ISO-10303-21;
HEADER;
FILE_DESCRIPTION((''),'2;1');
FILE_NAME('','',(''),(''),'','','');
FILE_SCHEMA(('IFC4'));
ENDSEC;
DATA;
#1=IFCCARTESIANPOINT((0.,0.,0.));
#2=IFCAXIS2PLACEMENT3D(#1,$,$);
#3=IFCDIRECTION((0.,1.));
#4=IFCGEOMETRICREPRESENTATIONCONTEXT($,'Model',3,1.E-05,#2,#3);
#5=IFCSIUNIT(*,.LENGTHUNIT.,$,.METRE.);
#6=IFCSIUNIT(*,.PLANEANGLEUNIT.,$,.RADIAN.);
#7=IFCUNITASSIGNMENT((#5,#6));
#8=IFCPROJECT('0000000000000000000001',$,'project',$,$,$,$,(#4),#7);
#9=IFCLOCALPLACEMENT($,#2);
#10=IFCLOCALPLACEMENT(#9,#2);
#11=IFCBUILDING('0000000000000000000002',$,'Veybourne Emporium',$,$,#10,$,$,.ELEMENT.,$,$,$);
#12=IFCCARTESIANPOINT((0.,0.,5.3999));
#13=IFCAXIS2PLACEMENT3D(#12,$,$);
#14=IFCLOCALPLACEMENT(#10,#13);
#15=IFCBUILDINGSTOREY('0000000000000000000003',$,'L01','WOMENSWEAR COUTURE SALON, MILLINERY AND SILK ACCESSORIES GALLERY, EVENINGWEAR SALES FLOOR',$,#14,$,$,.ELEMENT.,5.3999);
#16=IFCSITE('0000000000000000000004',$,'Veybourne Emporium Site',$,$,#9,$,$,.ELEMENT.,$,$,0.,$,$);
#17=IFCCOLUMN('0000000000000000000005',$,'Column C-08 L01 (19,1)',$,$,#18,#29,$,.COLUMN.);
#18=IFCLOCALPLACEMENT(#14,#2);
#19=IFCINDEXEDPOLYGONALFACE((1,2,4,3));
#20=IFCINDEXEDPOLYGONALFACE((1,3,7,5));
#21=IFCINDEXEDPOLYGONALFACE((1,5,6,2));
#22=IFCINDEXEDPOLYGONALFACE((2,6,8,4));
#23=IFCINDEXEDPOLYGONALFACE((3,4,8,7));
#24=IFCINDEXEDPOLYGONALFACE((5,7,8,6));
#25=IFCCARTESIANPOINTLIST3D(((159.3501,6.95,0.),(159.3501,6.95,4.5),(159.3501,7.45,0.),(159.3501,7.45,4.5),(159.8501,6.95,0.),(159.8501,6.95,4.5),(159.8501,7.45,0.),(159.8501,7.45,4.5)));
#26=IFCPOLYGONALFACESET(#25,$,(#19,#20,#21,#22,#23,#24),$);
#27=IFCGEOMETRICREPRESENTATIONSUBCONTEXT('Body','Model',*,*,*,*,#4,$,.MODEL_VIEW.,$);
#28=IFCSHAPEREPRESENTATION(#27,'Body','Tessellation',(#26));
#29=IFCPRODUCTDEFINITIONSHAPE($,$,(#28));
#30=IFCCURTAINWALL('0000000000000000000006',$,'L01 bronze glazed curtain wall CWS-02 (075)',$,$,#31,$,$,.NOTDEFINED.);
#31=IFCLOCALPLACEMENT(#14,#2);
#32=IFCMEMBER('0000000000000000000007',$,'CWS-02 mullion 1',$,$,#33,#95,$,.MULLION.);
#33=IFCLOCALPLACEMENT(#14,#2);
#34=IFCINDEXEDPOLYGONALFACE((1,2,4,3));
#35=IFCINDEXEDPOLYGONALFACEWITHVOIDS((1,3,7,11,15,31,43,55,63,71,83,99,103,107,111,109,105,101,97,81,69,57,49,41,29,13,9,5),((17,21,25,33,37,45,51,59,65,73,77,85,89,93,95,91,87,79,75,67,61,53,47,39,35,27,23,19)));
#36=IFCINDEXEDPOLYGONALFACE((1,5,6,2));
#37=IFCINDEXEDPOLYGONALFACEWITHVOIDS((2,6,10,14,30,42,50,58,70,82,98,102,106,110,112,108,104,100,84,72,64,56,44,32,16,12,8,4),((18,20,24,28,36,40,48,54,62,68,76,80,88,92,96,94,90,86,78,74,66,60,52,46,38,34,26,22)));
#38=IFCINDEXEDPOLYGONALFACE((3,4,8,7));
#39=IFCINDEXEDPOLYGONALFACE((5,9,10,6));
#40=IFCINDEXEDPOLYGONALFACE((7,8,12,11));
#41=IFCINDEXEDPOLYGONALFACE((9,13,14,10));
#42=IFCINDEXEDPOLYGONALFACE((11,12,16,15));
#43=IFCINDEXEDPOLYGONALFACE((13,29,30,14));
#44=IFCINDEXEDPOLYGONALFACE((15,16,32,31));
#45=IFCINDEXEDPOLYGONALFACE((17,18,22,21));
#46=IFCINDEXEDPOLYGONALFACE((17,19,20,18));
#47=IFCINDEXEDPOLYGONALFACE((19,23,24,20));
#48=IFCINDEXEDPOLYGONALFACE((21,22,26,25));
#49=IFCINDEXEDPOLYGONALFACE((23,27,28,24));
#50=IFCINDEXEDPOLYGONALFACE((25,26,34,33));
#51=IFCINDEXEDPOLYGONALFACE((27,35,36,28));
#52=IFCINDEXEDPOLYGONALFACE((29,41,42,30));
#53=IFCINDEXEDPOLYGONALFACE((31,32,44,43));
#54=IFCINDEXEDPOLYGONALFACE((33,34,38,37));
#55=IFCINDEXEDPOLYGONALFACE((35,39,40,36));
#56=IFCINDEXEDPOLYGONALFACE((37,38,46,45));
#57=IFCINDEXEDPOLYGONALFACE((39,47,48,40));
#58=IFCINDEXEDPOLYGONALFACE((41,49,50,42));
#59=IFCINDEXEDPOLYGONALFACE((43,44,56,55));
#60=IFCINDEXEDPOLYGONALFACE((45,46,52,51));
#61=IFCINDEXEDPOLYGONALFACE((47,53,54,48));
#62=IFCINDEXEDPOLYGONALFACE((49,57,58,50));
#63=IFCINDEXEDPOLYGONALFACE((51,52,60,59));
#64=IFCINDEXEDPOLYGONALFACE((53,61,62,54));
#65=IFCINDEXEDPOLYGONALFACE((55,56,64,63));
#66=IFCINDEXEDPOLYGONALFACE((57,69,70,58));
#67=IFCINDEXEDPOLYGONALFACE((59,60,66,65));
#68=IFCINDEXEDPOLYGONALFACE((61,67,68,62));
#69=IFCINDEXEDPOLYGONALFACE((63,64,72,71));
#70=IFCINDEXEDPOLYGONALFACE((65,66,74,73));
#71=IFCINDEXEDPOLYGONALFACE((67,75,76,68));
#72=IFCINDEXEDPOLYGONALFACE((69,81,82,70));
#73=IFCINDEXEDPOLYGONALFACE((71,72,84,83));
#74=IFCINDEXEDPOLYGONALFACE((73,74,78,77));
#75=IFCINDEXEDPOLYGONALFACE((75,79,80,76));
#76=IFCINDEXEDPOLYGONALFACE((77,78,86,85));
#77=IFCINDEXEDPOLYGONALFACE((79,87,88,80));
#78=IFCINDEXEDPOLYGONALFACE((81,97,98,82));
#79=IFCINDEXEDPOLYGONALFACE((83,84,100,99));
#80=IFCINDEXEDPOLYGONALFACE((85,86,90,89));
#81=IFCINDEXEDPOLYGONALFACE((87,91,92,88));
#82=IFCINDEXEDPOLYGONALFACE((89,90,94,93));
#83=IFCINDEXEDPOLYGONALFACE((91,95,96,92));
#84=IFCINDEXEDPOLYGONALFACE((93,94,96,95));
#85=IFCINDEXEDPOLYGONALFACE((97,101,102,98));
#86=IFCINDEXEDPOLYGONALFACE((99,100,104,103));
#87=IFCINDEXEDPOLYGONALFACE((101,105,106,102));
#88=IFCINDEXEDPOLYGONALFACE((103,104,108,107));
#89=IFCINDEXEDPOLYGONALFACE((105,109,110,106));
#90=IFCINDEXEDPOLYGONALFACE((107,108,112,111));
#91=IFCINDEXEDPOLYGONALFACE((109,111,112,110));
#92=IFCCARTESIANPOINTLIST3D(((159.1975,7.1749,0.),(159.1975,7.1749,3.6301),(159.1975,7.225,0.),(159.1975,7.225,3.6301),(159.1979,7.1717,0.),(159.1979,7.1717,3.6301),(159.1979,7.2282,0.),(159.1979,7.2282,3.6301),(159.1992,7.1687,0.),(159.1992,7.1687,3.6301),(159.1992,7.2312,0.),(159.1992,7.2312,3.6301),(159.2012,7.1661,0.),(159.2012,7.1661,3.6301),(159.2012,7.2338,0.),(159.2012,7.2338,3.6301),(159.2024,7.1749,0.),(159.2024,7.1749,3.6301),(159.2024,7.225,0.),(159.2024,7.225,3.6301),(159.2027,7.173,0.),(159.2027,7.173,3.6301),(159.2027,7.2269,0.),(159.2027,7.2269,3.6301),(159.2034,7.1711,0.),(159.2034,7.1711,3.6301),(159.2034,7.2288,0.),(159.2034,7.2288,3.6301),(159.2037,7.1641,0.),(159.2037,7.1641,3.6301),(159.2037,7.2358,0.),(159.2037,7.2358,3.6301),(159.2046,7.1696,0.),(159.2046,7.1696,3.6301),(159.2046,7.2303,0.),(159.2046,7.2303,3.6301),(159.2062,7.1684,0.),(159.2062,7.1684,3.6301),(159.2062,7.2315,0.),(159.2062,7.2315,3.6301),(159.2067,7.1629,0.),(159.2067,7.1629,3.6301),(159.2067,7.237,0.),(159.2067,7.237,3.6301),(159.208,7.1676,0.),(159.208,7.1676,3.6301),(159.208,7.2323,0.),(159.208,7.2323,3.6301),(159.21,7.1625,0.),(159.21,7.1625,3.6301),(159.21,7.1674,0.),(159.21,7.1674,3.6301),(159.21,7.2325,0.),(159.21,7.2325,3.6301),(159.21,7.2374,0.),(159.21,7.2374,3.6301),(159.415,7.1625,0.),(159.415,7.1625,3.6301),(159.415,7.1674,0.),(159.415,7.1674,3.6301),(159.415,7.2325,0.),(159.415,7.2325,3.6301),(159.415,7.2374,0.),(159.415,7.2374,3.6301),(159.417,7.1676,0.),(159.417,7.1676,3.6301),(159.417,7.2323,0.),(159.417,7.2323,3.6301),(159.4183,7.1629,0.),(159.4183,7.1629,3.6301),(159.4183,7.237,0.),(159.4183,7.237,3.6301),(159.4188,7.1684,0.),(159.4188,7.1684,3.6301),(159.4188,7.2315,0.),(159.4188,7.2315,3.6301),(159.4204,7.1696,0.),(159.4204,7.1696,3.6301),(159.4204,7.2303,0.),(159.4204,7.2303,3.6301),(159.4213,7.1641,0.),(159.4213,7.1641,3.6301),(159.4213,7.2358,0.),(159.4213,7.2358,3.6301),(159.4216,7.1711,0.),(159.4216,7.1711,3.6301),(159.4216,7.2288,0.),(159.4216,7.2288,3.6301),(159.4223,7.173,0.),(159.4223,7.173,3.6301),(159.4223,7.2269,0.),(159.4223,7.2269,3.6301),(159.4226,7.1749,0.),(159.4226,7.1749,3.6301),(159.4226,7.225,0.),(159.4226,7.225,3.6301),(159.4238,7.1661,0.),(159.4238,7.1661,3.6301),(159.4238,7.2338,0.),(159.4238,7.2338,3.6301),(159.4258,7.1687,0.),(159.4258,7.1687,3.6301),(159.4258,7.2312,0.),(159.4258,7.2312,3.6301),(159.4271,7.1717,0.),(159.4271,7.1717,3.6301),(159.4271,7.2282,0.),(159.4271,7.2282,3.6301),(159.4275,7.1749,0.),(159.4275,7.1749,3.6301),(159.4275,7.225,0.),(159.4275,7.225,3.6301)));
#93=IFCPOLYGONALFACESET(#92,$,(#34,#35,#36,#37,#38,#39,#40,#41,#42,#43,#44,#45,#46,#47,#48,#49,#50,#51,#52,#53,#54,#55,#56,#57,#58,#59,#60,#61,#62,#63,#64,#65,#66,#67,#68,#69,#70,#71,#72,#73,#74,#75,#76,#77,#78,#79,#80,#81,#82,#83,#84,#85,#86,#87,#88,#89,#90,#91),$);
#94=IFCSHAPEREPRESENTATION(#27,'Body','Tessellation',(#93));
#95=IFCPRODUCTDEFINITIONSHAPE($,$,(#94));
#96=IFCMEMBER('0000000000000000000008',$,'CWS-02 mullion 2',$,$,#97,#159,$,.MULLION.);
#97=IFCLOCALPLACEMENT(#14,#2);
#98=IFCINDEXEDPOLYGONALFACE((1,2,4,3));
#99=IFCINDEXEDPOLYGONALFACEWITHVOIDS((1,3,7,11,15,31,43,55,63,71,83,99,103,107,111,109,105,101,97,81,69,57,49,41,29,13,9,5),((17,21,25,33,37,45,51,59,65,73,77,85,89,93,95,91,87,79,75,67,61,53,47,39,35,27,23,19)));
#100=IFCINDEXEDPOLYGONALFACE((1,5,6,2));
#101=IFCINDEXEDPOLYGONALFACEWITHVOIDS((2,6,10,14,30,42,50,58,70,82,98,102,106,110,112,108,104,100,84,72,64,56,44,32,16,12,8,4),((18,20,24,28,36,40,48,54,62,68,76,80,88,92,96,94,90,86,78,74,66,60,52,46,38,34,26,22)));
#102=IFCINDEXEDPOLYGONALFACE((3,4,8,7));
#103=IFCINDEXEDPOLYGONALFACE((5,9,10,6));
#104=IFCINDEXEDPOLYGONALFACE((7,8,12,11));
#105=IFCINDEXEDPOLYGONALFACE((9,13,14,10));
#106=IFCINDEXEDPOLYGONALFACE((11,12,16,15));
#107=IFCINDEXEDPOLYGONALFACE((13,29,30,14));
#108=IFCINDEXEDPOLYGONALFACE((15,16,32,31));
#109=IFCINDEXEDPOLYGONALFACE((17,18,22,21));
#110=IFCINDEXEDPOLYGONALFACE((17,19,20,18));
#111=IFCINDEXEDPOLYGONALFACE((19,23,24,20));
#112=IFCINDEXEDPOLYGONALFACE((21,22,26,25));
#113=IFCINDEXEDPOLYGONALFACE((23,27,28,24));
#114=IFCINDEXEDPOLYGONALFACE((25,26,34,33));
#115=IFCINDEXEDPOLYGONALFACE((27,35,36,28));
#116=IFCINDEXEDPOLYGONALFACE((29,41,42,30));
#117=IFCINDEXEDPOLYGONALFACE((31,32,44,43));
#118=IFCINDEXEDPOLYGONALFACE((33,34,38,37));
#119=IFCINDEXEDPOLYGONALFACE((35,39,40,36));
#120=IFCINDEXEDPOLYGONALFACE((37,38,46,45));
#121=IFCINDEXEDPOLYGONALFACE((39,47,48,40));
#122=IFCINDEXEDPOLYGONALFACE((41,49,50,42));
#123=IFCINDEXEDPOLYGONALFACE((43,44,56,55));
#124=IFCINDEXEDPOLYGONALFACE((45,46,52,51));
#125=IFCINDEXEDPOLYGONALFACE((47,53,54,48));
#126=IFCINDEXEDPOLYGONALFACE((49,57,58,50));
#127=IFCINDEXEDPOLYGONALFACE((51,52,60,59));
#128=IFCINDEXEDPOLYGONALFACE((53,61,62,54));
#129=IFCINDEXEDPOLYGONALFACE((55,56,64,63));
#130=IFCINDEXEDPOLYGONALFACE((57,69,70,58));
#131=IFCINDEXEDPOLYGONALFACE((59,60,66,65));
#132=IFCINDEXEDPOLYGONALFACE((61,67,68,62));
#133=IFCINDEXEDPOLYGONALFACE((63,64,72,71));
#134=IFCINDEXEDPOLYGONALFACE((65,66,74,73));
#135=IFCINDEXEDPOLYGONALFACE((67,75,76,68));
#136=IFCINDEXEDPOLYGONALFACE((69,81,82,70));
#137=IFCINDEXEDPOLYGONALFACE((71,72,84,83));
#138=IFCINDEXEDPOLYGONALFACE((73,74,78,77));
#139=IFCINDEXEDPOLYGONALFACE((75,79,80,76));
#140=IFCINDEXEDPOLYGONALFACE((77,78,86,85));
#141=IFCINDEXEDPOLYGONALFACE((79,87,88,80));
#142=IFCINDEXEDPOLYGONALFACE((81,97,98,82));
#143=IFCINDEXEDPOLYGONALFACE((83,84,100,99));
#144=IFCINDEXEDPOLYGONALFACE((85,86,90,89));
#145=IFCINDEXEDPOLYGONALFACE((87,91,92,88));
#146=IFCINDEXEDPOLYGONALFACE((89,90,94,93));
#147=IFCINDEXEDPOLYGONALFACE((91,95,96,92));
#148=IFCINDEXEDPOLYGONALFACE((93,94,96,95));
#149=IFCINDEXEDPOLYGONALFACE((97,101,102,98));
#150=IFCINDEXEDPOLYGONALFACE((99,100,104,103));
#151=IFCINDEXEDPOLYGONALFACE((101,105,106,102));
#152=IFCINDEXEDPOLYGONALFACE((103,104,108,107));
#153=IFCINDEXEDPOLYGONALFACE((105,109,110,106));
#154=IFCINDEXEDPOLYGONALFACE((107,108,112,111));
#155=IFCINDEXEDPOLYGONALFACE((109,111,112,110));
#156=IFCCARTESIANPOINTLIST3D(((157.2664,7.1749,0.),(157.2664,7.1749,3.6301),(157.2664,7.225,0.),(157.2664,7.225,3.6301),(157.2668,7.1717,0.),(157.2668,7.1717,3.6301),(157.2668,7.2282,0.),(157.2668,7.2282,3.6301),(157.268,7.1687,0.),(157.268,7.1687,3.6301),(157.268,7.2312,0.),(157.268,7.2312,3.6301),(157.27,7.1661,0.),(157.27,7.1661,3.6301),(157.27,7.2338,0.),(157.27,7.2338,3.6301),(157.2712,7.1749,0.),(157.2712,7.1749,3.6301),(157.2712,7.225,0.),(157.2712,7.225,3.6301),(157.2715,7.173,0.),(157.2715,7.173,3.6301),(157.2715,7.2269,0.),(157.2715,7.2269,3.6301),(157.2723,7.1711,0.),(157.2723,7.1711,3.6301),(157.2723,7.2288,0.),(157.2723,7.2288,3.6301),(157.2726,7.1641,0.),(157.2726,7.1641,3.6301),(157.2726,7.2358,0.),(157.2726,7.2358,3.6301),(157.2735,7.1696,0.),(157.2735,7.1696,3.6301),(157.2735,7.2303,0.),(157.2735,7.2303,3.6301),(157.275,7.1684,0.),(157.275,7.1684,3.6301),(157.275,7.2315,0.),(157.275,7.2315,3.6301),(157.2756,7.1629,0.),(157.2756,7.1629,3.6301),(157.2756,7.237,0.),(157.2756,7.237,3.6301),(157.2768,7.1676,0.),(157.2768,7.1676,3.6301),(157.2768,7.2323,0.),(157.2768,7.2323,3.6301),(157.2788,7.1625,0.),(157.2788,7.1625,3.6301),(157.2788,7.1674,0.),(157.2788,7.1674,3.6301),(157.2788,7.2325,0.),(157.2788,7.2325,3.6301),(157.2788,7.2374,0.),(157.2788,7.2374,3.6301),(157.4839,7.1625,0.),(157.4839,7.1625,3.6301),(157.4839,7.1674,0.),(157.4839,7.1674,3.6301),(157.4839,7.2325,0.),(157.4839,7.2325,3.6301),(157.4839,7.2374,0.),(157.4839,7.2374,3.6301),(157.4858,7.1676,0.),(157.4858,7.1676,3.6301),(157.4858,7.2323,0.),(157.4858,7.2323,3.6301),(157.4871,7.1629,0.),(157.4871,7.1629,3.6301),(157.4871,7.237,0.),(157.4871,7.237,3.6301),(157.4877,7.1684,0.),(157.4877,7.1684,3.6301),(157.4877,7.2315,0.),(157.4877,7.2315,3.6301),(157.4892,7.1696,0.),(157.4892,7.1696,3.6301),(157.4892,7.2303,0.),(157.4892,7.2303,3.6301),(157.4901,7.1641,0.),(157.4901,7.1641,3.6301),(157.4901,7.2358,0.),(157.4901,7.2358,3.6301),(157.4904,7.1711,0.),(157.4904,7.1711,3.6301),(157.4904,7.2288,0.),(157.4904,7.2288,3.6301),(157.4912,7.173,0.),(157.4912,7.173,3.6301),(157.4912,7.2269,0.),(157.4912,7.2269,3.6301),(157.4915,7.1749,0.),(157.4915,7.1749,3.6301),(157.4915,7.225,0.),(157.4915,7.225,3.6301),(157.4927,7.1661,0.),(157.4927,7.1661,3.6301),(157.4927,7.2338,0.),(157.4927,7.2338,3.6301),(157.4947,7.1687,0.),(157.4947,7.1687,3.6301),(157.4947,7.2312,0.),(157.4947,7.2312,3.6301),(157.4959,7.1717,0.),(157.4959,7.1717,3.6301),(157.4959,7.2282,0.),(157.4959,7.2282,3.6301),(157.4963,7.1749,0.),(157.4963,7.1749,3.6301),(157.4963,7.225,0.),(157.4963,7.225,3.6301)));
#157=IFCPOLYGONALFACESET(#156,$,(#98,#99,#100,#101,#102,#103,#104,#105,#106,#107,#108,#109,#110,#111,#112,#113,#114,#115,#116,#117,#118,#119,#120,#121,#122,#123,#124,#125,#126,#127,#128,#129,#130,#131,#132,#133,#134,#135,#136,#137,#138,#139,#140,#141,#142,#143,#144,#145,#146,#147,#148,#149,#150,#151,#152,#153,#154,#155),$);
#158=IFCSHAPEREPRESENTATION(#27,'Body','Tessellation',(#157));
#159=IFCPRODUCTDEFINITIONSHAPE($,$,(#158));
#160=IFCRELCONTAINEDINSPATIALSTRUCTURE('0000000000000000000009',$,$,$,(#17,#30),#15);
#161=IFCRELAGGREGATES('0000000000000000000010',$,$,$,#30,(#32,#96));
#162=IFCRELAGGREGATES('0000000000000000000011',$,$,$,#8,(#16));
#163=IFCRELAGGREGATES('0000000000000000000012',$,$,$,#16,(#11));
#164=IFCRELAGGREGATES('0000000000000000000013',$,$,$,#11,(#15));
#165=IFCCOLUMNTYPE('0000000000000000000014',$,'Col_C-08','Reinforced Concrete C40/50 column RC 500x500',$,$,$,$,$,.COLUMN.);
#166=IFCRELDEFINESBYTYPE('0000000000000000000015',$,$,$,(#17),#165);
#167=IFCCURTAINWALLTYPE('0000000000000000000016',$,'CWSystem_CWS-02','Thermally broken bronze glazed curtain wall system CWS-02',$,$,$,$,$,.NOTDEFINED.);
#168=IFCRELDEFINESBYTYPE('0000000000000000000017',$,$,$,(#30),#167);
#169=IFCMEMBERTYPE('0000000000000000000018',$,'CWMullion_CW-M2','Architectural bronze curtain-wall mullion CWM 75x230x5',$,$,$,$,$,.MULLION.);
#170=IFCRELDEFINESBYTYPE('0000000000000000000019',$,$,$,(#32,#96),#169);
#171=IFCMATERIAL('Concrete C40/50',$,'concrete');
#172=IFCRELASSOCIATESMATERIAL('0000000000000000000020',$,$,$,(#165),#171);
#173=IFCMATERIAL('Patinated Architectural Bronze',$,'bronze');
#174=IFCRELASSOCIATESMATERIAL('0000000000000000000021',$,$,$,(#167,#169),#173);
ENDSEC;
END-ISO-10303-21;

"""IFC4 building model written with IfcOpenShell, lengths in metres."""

from ifc_helpers import new_model, si_unit, direction, frame, origin, origin_2d, place, context, subcontext, project, spatial, rectangle, hollow_rectangle, extrude, material, material_profile, profile_set, type_object, element, aggregate, save


model = new_model("IFC4")

# Units and contexts
model_context = context("Model", 3, precision=1e-05, world=origin(), true_north=direction((0.0, 1.0)))
body_context = subcontext(model_context, "Body", "Model", "MODEL_VIEW")
ifc_project = project(units=[si_unit("LENGTHUNIT", "METRE"), si_unit("PLANEANGLEUNIT", "RADIAN")], contexts=[model_context])

# Site, building, storey
site_placement = place(None, origin())
site = spatial("IfcSite", under=ifc_project, at=site_placement, Name="Veybourne Emporium Site", CompositionType="ELEMENT", RefElevation=0.0)
building_placement = place(site_placement, origin())
building = spatial("IfcBuilding", under=site, at=building_placement, Name="Veybourne Emporium", CompositionType="ELEMENT")
storey_placement = place(building_placement, frame((0.0, 0.0, 5.3999)))
storey = spatial("IfcBuildingStorey", under=building, at=storey_placement, Name="L01", Description="WOMENSWEAR COUTURE SALON, MILLINERY AND SILK ACCESSORIES GALLERY, EVENINGWEAR SALES FLOOR", CompositionType="ELEMENT", Elevation=5.3999)

# Column
ifc_material_1 = material(Name="Concrete C40/50", Category="concrete")
ifc_material_profile_1 = material_profile(ifc_material_1, rectangle(XDim=0.5, YDim=0.5, at=origin_2d()), Name="RC 500x500")
ifc_profile_set_1 = profile_set([ifc_material_profile_1], Name="Concrete C40/50")
column_type = type_object("IfcColumnType", Name="Col_C-08", Description="Reinforced Concrete C40/50 column RC 500x500", PredefinedType="COLUMN", material=ifc_profile_set_1)
column_placement = place(storey_placement, frame((159.6001, 7.2, 0.0), z_axis=(0.0, 0.0, 1.0), x_axis=(1.0, 0.0, 0.0)))
element("IfcColumn", 1, at=column_placement, inside=storey, type_object=column_type, Name="Column C-08 L01 (19,1)", PredefinedType="COLUMN", context=body_context, shape_type="SweptSolid", body=[
    extrude(rectangle(XDim=0.5, YDim=0.5, at=origin_2d()), origin(), (0.0, 0.0, 1.0), 4.5),
])

# Curtain wall, members
ifc_material_2 = material(Name="Patinated Architectural Bronze", Category="bronze")
curtain_wall_type_1 = type_object("IfcCurtainWallType", Name="CWSystem_CWS-02", Description="Thermally broken bronze glazed curtain wall system CWS-02", PredefinedType="NOTDEFINED", material=ifc_material_2)
curtain_wall_1_placement = place(storey_placement, origin())
curtain_wall_1 = element("IfcCurtainWall", 2, at=curtain_wall_1_placement, inside=storey, type_object=curtain_wall_type_1, Name="L01 bronze glazed curtain wall CWS-02 (075)", PredefinedType="NOTDEFINED")
ifc_material_profile_2 = material_profile(ifc_material_2, hollow_rectangle(XDim=0.075, YDim=0.23, WallThickness=0.0049, InnerFilletRadius=0.0076, OuterFilletRadius=0.0125, at=origin_2d()), Name="CWM 75x230x5")
ifc_profile_set_2 = profile_set([ifc_material_profile_2], Name="Patinated Architectural Bronze")
member_type_1 = type_object("IfcMemberType", Name="CWMullion_CW-M2", Description="Architectural bronze curtain-wall mullion CWM 75x230x5", PredefinedType="MULLION", material=ifc_profile_set_2)
member_1_placement = place(storey_placement, frame((159.3125, 7.2, 0.0), z_axis=(0.0, 0.0, 1.0), x_axis=(0.0, -1.0, 0.0)))
member_1 = element("IfcMember", 3, at=member_1_placement, type_object=member_type_1, Name="CWS-02 mullion 1", PredefinedType="MULLION", context=body_context, shape_type="SweptSolid", body=[
    extrude(hollow_rectangle(XDim=0.075, YDim=0.23, WallThickness=0.0049, InnerFilletRadius=0.0076, OuterFilletRadius=0.0125, at=origin_2d()), origin(), (0.0, 0.0, 1.0), 3.6301),
])
member_2_placement = place(storey_placement, frame((157.3813, 7.2, 0.0), z_axis=(0.0, 0.0, 1.0), x_axis=(0.0, -1.0, 0.0)))
member_2 = element("IfcMember", 4, at=member_2_placement, type_object=member_type_1, Name="CWS-02 mullion 2", PredefinedType="MULLION", context=body_context, shape_type="SweptSolid", body=[
    extrude(hollow_rectangle(XDim=0.075, YDim=0.23, WallThickness=0.0049, InnerFilletRadius=0.0076, OuterFilletRadius=0.0125, at=origin_2d()), origin(), (0.0, 0.0, 1.0), 3.6301),
])

aggregate(curtain_wall_1, [member_1, member_2])

save(model, "model.ifc")
